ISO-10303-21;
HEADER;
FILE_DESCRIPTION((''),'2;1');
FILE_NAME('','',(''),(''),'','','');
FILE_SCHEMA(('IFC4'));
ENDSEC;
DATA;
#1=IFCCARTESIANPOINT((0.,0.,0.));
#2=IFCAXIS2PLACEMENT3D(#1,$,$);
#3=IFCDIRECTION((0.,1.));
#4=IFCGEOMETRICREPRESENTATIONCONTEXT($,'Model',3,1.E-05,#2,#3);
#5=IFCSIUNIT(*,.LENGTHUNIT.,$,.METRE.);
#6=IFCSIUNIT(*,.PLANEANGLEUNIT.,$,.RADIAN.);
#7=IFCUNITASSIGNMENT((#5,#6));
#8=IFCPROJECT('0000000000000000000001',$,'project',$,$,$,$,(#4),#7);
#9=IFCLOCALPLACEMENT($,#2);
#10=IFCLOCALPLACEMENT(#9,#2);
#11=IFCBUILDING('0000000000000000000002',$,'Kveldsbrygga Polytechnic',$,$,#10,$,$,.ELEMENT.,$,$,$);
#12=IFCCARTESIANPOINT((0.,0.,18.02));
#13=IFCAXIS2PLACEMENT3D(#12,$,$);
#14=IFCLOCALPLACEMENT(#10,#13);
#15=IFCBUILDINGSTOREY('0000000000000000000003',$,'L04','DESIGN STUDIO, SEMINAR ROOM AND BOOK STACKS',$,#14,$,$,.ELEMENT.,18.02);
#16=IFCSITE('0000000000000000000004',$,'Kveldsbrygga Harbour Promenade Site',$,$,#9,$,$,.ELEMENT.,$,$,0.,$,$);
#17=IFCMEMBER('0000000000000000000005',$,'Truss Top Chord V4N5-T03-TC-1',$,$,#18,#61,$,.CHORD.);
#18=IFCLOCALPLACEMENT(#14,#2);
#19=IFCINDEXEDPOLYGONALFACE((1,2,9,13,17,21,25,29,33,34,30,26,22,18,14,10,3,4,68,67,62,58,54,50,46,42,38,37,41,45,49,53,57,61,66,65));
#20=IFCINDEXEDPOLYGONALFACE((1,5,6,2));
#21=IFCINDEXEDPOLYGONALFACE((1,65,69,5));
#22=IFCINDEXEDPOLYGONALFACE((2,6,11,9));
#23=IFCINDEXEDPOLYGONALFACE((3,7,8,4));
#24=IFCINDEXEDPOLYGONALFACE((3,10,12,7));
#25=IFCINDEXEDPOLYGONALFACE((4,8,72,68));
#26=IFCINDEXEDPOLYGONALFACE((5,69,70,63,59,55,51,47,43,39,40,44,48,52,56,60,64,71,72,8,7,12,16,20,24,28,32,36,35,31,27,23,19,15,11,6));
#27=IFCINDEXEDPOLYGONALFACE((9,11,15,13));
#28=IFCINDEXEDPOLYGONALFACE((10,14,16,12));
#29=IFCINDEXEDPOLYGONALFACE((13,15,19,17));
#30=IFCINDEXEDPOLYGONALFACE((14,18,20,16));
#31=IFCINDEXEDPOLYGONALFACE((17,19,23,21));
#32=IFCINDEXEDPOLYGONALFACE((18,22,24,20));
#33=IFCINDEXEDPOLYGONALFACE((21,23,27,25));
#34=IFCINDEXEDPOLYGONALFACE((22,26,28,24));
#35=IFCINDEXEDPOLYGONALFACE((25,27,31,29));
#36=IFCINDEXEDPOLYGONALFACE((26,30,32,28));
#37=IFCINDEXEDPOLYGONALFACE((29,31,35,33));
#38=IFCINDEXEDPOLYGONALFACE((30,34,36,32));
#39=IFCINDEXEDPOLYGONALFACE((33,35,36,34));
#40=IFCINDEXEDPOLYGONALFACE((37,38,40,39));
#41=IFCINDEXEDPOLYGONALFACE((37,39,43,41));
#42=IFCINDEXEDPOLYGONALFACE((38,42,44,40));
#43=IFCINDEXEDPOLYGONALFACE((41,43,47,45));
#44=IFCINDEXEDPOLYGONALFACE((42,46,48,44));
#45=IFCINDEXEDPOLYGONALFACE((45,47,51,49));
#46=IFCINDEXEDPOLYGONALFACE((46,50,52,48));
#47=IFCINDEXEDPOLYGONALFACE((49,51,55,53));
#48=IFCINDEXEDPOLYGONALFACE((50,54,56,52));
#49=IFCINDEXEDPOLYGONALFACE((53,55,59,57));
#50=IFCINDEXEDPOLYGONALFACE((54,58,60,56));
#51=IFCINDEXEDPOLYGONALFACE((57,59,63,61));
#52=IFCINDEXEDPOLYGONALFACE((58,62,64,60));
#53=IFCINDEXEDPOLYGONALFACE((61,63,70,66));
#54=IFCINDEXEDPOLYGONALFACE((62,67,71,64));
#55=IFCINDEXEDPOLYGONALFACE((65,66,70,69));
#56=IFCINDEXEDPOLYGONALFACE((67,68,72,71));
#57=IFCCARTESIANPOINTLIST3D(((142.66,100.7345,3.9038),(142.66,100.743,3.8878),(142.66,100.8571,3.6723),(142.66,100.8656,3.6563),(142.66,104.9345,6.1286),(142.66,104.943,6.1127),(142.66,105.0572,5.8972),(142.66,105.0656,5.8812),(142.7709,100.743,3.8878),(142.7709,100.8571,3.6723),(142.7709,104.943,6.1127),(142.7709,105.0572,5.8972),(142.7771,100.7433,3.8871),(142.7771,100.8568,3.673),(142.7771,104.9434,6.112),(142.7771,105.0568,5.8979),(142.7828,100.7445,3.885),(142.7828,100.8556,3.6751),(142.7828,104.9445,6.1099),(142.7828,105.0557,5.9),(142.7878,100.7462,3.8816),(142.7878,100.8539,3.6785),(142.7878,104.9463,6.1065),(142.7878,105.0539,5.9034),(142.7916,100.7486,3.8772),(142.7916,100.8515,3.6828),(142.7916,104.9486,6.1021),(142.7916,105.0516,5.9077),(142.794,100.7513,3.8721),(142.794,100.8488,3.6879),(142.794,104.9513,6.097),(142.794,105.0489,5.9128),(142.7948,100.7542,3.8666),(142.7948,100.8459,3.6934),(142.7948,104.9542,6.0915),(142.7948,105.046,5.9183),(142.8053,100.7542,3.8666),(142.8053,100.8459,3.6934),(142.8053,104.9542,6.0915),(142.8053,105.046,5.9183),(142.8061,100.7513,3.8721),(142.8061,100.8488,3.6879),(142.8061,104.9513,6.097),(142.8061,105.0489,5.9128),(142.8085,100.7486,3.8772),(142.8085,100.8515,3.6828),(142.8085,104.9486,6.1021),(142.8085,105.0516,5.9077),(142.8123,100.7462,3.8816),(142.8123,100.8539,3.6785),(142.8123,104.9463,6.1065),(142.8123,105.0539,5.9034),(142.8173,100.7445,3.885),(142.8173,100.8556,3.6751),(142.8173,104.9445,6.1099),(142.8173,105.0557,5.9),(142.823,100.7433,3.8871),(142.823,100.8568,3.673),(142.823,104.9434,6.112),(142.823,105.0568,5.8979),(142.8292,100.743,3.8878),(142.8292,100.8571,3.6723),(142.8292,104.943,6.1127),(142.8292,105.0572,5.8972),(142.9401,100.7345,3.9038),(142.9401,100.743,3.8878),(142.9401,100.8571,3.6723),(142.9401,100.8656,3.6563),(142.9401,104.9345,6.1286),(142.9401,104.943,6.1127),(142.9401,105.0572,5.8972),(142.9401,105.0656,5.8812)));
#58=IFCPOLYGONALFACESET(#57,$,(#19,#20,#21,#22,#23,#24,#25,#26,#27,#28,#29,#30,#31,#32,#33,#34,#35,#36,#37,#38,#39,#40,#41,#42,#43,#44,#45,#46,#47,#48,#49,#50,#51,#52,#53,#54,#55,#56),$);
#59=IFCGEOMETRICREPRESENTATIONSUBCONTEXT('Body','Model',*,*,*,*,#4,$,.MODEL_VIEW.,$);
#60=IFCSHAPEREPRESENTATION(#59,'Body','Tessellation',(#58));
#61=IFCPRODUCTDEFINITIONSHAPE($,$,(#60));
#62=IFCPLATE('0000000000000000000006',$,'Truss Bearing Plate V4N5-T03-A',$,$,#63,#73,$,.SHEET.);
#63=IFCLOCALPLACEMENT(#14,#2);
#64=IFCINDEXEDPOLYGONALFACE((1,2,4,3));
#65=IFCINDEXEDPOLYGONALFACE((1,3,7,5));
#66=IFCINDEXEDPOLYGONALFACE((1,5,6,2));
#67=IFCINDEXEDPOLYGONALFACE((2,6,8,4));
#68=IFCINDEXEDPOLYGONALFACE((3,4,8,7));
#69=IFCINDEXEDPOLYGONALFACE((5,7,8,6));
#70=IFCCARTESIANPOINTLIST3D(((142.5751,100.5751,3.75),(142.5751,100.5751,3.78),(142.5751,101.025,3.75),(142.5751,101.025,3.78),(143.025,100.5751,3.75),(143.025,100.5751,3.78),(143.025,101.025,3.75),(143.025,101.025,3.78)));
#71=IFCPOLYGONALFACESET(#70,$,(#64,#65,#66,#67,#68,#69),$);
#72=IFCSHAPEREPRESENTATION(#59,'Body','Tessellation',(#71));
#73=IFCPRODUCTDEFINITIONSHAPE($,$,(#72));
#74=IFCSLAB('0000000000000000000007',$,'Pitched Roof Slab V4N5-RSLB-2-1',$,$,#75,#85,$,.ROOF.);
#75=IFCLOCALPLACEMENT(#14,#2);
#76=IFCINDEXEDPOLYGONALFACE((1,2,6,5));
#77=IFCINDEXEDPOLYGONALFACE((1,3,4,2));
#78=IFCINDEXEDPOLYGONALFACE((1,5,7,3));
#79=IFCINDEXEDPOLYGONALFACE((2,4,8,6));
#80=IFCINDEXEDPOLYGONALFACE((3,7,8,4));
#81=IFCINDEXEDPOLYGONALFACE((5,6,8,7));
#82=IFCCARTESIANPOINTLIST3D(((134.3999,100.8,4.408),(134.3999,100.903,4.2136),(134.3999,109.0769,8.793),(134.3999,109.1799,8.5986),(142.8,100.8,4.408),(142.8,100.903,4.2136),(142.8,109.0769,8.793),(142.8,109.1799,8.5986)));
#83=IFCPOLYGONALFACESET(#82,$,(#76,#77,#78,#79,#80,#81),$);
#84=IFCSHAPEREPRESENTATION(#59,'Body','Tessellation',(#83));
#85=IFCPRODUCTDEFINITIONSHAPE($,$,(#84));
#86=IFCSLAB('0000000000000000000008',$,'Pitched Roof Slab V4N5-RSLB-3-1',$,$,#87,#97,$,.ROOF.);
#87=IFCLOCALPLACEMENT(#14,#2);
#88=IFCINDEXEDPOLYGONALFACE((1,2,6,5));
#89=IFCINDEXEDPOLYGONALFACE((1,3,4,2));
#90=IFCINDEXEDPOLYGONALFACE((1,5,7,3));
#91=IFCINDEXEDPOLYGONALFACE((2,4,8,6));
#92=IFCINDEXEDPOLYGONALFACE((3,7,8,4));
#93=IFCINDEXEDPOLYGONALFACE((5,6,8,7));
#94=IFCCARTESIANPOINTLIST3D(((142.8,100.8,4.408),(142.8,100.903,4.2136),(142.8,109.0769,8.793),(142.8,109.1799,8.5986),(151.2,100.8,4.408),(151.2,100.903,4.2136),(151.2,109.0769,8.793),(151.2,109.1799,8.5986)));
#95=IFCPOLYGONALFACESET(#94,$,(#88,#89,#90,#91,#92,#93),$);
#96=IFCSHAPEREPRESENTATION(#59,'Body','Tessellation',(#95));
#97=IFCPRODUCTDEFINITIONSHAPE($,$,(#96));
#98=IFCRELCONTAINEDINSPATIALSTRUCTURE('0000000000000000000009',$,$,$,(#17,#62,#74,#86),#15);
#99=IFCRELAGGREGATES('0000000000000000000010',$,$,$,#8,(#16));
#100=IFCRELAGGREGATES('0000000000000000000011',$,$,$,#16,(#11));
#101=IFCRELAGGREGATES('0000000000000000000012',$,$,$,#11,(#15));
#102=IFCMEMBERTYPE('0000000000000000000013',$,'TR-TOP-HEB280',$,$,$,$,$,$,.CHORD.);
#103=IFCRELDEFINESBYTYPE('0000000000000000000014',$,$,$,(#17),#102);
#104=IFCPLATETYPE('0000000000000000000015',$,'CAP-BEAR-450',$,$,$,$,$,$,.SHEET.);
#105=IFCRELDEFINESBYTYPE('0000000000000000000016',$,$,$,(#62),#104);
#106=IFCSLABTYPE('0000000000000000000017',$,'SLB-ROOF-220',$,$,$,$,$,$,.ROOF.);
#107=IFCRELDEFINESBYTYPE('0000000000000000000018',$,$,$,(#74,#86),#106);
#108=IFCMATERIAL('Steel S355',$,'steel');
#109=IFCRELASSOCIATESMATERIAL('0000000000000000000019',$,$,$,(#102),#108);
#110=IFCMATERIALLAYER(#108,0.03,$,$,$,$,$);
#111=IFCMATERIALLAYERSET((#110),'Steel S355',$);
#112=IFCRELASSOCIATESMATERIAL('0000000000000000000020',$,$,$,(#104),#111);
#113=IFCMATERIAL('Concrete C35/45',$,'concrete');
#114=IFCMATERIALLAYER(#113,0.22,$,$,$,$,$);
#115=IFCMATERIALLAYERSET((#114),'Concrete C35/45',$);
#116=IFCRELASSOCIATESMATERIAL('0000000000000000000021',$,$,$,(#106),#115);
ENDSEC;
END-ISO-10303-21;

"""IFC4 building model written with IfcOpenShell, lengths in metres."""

from ifc_helpers import new_model, si_unit, direction, frame, origin, origin_2d, place, context, subcontext, project, spatial, polyline, rectangle, i_section, outline, extrude, material, layer, layer_set, material_profile, profile_set, type_object, element, save


model = new_model("IFC4")

# Units and contexts
model_context = context("Model", 3, precision=1e-05, world=origin(), true_north=direction((0.0, 1.0)))
body_context = subcontext(model_context, "Body", "Model", "MODEL_VIEW")
ifc_project = project(units=[si_unit("LENGTHUNIT", "METRE"), si_unit("PLANEANGLEUNIT", "RADIAN")], contexts=[model_context])

# Site, building, storey
site_placement = place(None, origin())
site = spatial("IfcSite", under=ifc_project, at=site_placement, Name="Kveldsbrygga Harbour Promenade Site", CompositionType="ELEMENT", RefElevation=0.0)
building_placement = place(site_placement, origin())
building = spatial("IfcBuilding", under=site, at=building_placement, Name="Kveldsbrygga Polytechnic", CompositionType="ELEMENT")
storey_placement = place(building_placement, frame((0.0, 0.0, 18.02)))
storey = spatial("IfcBuildingStorey", under=building, at=storey_placement, Name="L04", Description="DESIGN STUDIO, SEMINAR ROOM AND BOOK STACKS", CompositionType="ELEMENT", Elevation=18.02)

# Shared definitions
ifc_material_1 = material(Name="Concrete C35/45", Category="concrete")
ifc_material_2 = material(Name="Steel S355", Category="steel")

# Member
ifc_material_profile_1 = material_profile(ifc_material_2, i_section(OverallWidth=0.28, OverallDepth=0.28, WebThickness=0.0105, FlangeThickness=0.0181, FilletRadius=0.0239, at=origin_2d()), Name="HEB 280")
ifc_profile_set_1 = profile_set([ifc_material_profile_1], Name="Steel S355")
member_type_1 = type_object("IfcMemberType", Name="TR-TOP-HEB280", PredefinedType="CHORD", material=ifc_profile_set_1)
for number, where, z_axis, x_axis, name in (
    (1, (142.8, 100.8, 3.78), (0.0, 0.88367, 0.46811), (-1.0, 0.0, 0.0), "Truss Top Chord V4N5-T03-TC-1"),
):
    element("IfcMember", number, at=place(storey_placement, frame(where, z_axis=z_axis, x_axis=x_axis)), inside=storey, type_object=member_type_1, Name=name, PredefinedType="CHORD", context=body_context, shape_type="SweptSolid", body=[
        extrude(i_section(OverallWidth=0.28, OverallDepth=0.28, WebThickness=0.0105, FlangeThickness=0.0181, FilletRadius=0.0239, at=origin_2d()), origin(), (0.0, 0.0, 1.0), 4.7529),
    ])

# Plate
ifc_layer_1 = layer(ifc_material_2, 0.03)
ifc_layer_set_1 = layer_set([ifc_layer_1], Name="Steel S355")
plate_type = type_object("IfcPlateType", Name="CAP-BEAR-450", PredefinedType="SHEET", material=ifc_layer_set_1)
plate_placement = place(storey_placement, frame((142.8, 100.8, 3.75), z_axis=(0.0, 0.0, 1.0), x_axis=(1.0, 0.0, 0.0)))
element("IfcPlate", 2, at=plate_placement, inside=storey, type_object=plate_type, Name="Truss Bearing Plate V4N5-T03-A", PredefinedType="SHEET", context=body_context, shape_type="SweptSolid", body=[
    extrude(rectangle(XDim=0.45, YDim=0.45, at=origin_2d()), origin(), (0.0, 0.0, 1.0), 0.03),
])

# Slabs
ifc_layer_2 = layer(ifc_material_1, 0.22)
ifc_layer_set_2 = layer_set([ifc_layer_2], Name="Concrete C35/45")
slab_type = type_object("IfcSlabType", Name="SLB-ROOF-220", PredefinedType="ROOF", material=ifc_layer_set_2)
slab_1_placement = place(storey_placement, frame((134.3999, 100.8, 4.408), z_axis=(0.0, -0.46815, 0.883649), x_axis=(1.0, 0.0, 0.0)))
element("IfcSlab", 3, at=slab_1_placement, inside=storey, type_object=slab_type, Name="Pitched Roof Slab V4N5-RSLB-2-1", PredefinedType="ROOF", context=body_context, shape_type="SweptSolid", body=[
    extrude(outline(polyline([(0.0, 0.0), (8.4001, 0.0), (8.4001, 9.3667), (0.0, 9.3667), (0.0, 0.0)])), origin(), (0.0, 0.0, -1.0), 0.22),
])
slab_2_placement = place(storey_placement, frame((142.8, 100.8, 4.408), z_axis=(0.0, -0.46815, 0.883649), x_axis=(1.0, 0.0, 0.0)))
element("IfcSlab", 4, at=slab_2_placement, inside=storey, type_object=slab_type, Name="Pitched Roof Slab V4N5-RSLB-3-1", PredefinedType="ROOF", context=body_context, shape_type="SweptSolid", body=[
    extrude(outline(polyline([(0.0, 0.0), (8.3999, 0.0), (8.3999, 9.3667), (0.0, 9.3667), (0.0, 0.0)])), origin(), (0.0, 0.0, -1.0), 0.22),
])

save(model, "model.ifc")
